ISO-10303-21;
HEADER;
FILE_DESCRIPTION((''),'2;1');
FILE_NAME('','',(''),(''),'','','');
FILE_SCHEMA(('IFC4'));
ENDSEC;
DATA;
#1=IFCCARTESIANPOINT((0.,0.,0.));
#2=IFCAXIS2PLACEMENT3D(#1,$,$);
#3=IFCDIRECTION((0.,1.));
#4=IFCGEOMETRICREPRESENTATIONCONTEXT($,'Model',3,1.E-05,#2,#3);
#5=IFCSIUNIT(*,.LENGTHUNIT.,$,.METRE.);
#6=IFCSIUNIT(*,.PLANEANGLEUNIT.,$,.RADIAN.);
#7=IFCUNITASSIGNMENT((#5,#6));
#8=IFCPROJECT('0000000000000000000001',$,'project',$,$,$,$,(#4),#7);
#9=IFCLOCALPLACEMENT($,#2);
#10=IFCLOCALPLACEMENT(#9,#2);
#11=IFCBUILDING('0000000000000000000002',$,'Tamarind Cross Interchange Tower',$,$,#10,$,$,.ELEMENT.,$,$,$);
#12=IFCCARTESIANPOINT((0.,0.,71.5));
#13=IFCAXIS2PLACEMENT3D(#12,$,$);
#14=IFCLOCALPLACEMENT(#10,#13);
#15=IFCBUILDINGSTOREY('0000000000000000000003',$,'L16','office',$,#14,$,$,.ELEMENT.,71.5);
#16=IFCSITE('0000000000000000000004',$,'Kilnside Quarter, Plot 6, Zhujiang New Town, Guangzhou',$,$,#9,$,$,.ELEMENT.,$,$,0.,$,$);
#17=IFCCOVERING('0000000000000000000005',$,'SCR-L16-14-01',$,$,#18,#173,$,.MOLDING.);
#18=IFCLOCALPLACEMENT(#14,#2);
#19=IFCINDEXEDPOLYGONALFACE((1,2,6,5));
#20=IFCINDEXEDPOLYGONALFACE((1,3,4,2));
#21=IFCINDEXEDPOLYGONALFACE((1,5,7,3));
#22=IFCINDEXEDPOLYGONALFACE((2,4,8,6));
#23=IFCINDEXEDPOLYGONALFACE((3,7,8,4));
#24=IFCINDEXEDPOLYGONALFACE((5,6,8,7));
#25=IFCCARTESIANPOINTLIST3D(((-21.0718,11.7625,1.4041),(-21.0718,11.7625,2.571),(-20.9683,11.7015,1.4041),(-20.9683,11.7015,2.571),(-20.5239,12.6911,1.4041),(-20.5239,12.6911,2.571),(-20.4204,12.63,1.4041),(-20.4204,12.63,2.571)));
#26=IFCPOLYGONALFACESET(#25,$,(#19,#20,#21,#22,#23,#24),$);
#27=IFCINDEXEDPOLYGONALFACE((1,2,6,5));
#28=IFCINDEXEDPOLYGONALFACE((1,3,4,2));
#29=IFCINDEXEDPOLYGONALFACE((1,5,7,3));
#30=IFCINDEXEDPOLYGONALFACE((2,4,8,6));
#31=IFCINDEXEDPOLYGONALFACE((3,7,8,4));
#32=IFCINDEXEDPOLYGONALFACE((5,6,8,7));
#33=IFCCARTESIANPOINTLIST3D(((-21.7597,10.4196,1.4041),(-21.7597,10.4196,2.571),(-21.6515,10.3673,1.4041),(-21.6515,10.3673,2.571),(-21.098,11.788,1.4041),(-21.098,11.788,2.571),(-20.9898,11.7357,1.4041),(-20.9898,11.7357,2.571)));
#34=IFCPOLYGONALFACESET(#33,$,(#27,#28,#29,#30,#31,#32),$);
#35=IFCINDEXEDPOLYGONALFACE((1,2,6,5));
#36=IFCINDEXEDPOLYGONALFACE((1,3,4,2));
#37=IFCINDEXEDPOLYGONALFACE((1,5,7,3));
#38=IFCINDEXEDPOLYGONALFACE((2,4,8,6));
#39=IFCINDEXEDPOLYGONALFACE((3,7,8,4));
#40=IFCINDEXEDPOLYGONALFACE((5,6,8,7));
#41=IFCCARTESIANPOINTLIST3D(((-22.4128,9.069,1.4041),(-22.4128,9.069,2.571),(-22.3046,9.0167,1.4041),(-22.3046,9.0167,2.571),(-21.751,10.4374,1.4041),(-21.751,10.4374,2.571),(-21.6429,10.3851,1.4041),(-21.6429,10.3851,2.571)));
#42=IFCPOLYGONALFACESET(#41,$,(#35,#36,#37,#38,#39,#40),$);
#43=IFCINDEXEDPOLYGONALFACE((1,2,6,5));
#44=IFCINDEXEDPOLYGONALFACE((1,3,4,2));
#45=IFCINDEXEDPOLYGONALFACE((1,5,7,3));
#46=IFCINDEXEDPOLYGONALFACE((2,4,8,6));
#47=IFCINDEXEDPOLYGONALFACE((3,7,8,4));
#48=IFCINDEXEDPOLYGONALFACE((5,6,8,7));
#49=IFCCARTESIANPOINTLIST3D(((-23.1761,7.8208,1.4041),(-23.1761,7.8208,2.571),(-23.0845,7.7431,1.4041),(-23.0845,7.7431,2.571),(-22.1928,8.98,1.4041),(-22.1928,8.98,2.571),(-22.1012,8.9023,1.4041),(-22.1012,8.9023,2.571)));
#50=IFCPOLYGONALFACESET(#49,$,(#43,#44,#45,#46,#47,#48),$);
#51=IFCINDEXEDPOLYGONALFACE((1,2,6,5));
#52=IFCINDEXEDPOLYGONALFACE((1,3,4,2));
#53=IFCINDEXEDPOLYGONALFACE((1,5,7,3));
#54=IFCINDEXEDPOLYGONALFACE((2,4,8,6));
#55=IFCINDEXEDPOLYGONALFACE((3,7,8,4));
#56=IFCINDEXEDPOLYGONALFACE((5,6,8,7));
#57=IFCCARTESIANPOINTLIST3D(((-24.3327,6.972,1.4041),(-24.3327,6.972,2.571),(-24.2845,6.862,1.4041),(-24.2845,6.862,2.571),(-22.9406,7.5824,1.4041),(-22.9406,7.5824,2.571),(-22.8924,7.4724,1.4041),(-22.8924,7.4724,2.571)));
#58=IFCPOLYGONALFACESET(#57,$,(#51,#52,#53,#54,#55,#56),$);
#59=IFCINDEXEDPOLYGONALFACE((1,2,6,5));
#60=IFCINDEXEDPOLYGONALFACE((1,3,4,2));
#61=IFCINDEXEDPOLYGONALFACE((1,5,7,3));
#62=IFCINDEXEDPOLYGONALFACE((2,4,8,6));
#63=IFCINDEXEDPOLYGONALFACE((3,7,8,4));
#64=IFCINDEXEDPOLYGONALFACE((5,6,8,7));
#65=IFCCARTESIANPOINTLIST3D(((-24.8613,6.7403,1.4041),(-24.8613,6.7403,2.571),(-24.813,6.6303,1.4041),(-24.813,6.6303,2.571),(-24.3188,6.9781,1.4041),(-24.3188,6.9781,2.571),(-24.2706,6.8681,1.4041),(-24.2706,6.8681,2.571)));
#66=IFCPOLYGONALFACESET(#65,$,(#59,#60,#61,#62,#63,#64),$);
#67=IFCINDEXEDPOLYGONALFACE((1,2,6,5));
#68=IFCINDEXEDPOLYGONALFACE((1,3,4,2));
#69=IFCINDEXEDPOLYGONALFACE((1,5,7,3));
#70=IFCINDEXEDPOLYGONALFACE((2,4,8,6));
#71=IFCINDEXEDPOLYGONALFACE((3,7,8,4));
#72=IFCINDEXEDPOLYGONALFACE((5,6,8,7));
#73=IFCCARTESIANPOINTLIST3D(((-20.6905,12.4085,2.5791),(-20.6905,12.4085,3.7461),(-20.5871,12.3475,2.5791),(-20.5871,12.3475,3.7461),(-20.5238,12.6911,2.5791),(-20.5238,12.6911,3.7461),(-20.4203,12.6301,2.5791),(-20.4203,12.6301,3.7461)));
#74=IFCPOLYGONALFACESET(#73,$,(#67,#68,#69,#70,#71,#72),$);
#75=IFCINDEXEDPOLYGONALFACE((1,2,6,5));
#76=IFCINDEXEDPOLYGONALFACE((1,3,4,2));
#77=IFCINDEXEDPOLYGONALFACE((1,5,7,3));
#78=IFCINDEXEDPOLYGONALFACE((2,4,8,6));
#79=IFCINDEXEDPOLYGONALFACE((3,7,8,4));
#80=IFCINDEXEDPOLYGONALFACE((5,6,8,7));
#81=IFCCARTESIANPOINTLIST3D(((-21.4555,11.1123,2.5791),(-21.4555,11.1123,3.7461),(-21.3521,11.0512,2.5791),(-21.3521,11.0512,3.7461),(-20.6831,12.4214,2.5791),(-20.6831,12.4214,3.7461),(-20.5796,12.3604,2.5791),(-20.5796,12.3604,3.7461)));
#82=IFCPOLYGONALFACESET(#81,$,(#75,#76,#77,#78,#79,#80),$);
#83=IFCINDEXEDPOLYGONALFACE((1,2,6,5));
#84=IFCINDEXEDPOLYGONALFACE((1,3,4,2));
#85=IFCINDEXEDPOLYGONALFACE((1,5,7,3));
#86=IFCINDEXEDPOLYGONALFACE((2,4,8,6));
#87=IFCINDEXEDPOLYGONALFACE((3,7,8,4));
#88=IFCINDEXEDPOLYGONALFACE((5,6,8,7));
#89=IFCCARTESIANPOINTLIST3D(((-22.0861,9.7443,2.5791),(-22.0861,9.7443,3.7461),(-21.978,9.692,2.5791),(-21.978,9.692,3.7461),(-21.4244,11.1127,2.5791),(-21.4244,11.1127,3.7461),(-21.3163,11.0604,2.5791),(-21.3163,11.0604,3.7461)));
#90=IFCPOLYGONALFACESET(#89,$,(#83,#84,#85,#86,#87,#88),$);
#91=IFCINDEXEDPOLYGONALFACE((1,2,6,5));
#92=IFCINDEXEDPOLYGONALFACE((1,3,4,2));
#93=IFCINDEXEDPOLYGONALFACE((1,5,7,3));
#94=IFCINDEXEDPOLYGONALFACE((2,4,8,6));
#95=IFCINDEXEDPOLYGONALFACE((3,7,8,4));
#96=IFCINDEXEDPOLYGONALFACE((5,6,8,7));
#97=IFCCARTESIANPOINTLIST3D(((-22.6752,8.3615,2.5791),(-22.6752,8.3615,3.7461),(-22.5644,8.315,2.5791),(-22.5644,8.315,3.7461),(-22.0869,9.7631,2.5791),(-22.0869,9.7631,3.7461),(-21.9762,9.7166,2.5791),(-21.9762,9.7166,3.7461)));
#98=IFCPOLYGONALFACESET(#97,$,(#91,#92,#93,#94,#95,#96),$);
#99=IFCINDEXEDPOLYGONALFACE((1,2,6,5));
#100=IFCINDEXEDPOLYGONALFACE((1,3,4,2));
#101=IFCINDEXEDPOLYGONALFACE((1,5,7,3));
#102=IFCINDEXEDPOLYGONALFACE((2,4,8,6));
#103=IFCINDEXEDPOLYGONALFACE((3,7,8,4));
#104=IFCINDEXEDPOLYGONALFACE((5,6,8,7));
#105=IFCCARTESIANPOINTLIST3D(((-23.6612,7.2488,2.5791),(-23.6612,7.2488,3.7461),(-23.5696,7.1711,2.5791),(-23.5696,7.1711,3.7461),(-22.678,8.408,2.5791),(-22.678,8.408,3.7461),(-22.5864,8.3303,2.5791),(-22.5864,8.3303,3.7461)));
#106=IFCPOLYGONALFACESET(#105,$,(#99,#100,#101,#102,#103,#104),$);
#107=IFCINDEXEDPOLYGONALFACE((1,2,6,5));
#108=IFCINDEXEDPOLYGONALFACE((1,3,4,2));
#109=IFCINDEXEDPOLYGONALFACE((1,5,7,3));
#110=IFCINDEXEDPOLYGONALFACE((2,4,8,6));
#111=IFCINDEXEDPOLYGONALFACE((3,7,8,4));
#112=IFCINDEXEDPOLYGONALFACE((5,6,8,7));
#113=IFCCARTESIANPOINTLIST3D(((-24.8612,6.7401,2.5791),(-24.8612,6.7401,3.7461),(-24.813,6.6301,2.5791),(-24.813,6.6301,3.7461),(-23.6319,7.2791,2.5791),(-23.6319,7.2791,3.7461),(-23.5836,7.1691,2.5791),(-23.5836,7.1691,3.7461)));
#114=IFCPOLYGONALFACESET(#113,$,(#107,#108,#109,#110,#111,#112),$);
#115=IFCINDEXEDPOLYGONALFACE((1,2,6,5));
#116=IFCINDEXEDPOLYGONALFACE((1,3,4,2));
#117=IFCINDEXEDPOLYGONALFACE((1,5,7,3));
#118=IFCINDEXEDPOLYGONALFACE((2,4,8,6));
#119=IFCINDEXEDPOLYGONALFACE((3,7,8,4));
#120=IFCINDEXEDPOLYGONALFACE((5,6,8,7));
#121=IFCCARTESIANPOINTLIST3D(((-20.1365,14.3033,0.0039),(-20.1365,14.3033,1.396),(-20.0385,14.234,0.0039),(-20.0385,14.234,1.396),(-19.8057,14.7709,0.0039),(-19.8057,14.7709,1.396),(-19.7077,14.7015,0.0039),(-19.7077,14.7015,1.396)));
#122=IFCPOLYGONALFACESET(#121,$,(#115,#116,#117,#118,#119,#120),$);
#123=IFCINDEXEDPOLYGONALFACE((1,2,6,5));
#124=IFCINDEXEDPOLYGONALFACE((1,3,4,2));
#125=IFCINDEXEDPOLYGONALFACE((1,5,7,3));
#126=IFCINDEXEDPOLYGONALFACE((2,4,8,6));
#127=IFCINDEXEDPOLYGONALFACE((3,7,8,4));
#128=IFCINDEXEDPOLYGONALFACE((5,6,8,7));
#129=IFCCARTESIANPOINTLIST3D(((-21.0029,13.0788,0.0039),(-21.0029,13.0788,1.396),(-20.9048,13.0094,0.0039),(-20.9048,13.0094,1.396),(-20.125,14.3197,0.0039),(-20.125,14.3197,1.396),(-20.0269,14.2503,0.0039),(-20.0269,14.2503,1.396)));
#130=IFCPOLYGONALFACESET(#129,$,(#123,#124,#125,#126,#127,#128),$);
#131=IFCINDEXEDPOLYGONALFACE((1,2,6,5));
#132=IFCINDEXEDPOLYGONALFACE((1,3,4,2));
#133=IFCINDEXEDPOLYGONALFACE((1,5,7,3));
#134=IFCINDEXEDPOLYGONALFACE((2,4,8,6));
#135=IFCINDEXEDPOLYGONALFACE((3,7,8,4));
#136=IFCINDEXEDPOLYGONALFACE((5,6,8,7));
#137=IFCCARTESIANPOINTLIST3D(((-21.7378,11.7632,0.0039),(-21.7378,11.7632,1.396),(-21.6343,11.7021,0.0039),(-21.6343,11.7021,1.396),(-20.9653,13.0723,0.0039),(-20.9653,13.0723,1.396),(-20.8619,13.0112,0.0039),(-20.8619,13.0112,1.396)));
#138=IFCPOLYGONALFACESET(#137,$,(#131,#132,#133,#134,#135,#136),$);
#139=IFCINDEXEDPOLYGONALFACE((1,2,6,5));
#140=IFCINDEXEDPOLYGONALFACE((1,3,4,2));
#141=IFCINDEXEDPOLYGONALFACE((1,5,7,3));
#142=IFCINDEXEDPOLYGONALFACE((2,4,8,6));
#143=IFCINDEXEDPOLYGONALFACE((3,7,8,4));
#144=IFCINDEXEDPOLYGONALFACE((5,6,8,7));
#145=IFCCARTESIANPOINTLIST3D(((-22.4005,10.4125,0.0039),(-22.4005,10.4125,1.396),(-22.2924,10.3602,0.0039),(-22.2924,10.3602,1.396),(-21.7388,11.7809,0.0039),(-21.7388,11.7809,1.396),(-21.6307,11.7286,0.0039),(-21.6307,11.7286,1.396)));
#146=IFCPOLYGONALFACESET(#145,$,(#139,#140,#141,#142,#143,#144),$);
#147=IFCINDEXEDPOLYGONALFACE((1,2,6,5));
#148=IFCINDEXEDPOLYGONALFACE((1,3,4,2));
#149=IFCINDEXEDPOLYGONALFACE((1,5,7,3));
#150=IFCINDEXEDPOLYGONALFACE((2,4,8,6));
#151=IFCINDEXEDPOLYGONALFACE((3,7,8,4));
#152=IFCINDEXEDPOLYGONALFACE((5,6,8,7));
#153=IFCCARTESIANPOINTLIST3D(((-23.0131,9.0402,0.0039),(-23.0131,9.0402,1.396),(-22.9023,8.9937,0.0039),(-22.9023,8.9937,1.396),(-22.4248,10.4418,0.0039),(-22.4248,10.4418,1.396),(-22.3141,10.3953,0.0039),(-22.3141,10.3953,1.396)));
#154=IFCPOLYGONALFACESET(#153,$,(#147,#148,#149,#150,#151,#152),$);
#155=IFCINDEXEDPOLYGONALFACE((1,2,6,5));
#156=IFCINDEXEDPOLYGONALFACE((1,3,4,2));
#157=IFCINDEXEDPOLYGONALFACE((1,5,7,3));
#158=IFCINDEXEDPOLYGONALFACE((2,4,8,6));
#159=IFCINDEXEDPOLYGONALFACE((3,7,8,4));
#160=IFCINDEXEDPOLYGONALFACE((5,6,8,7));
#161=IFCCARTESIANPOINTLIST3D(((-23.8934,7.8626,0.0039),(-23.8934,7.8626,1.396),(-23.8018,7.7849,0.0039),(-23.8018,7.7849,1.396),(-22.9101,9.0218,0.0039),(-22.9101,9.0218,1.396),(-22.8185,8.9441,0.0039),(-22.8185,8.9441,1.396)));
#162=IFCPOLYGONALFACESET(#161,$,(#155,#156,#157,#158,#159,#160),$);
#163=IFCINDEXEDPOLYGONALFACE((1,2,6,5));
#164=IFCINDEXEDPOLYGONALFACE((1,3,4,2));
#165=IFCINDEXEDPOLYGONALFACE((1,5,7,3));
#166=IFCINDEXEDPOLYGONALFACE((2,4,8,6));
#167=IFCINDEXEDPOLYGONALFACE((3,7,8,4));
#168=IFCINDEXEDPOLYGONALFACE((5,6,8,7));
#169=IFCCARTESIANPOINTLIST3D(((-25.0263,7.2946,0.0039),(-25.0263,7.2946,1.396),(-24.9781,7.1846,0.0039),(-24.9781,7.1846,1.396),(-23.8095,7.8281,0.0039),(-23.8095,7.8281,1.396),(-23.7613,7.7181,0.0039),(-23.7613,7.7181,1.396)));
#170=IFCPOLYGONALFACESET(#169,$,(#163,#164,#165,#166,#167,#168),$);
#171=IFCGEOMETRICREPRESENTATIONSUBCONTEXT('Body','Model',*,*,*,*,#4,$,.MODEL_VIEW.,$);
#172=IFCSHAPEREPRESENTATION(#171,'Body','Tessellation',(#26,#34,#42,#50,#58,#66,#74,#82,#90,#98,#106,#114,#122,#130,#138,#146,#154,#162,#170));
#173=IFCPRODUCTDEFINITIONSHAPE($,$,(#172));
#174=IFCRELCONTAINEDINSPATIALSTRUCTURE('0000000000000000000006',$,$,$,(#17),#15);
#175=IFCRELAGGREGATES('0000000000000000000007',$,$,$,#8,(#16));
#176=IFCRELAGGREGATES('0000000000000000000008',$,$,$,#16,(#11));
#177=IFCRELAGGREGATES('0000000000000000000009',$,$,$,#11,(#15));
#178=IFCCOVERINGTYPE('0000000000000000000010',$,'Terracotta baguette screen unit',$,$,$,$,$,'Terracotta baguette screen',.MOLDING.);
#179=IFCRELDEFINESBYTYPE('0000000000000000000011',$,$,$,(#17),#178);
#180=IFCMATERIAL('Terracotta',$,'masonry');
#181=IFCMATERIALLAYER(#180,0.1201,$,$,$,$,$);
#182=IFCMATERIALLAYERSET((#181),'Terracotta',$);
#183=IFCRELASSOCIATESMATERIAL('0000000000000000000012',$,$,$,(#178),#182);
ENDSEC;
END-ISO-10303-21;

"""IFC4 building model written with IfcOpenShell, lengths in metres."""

from ifc_helpers import new_model, si_unit, direction, frame, origin, origin_2d, place, context, subcontext, project, spatial, rectangle, extrude, material, layer, layer_set, type_object, element, save


model = new_model("IFC4")

# Units and contexts
model_context = context("Model", 3, precision=1e-05, world=origin(), true_north=direction((0.0, 1.0)))
body_context = subcontext(model_context, "Body", "Model", "MODEL_VIEW")
ifc_project = project(units=[si_unit("LENGTHUNIT", "METRE"), si_unit("PLANEANGLEUNIT", "RADIAN")], contexts=[model_context])

# Site, building, storey
site_placement = place(None, origin())
site = spatial("IfcSite", under=ifc_project, at=site_placement, Name="Kilnside Quarter, Plot 6, Zhujiang New Town, Guangzhou", CompositionType="ELEMENT", RefElevation=0.0)
building_placement = place(site_placement, origin())
building = spatial("IfcBuilding", under=site, at=building_placement, Name="Tamarind Cross Interchange Tower", CompositionType="ELEMENT")
storey_placement = place(building_placement, frame((0.0, 0.0, 71.5)))
storey = spatial("IfcBuildingStorey", under=building, at=storey_placement, Name="L16", Description="office", CompositionType="ELEMENT", Elevation=71.5)

# Covering
ifc_material_1 = material(Name="Terracotta", Category="masonry")
ifc_layer_1 = layer(ifc_material_1, 0.1201)
ifc_layer_set_1 = layer_set([ifc_layer_1], Name="Terracotta")
covering_type = type_object("IfcCoveringType", Name="Terracotta baguette screen unit", ElementType="Terracotta baguette screen", PredefinedType="MOLDING", material=ifc_layer_set_1)
covering_1_placement = place(storey_placement, origin())
element("IfcCovering", 1, at=covering_1_placement, inside=storey, type_object=covering_type, Name="SCR-L16-14-01", PredefinedType="MOLDING", context=body_context, shape_type="SweptSolid", body=[
    extrude(rectangle(XDim=1.0781, YDim=0.1201, at=origin_2d()), frame((-20.7461, 12.1963, 1.4041), z_axis=(0.0, 0.0, 1.0), x_axis=(-0.508183, -0.861249, 0.0)), (0.0, 0.0, 1.0), 1.167),
    extrude(rectangle(XDim=1.52, YDim=0.1201, at=origin_2d()), frame((-21.3748, 11.0776, 1.4041), z_axis=(0.0, 0.0, 1.0), x_axis=(-0.435326, -0.900273, 0.0)), (0.0, 0.0, 1.0), 1.167),
    extrude(rectangle(XDim=1.52, YDim=0.1201, at=origin_2d()), frame((-22.0278, 9.7271, 1.4041), z_axis=(0.0, 0.0, 1.0), x_axis=(-0.435326, -0.900273, 0.0)), (0.0, 0.0, 1.0), 1.167),
    extrude(rectangle(XDim=1.52, YDim=0.1201, at=origin_2d()), frame((-22.6387, 8.3616, 1.4041), z_axis=(0.0, 0.0, 1.0), x_axis=(-0.646871, -0.7626, 0.0)), (0.0, 0.0, 1.0), 1.167),
    extrude(rectangle(XDim=1.52, YDim=0.1201, at=origin_2d()), frame((-23.6125, 7.2222, 1.4041), z_axis=(0.0, 0.0, 1.0), x_axis=(-0.915834, -0.401557, 0.0)), (0.0, 0.0, 1.0), 1.167),
    extrude(rectangle(XDim=0.5923, YDim=0.1201, at=origin_2d()), frame((-24.5659, 6.8042, 1.4041), z_axis=(0.0, 0.0, 1.0), x_axis=(-0.915834, -0.401557, 0.0)), (0.0, 0.0, 1.0), 1.167),
    extrude(rectangle(XDim=0.3281, YDim=0.1201, at=origin_2d()), frame((-20.5554, 12.5193, 2.5791), z_axis=(0.0, 0.0, 1.0), x_axis=(-0.508183, -0.861249, 0.0)), (0.0, 0.0, 1.0), 1.167),
    extrude(rectangle(XDim=1.52, YDim=0.1201, at=origin_2d()), frame((-21.0176, 11.7363, 2.5791), z_axis=(0.0, 0.0, 1.0), x_axis=(-0.508183, -0.861249, 0.0)), (0.0, 0.0, 1.0), 1.167),
    extrude(rectangle(XDim=1.52, YDim=0.1201, at=origin_2d()), frame((-21.7012, 10.4023, 2.5791), z_axis=(0.0, 0.0, 1.0), x_axis=(-0.435326, -0.900273, 0.0)), (0.0, 0.0, 1.0), 1.167),
    extrude(rectangle(XDim=1.52, YDim=0.1201, at=origin_2d()), frame((-22.3257, 9.0391, 2.5791), z_axis=(0.0, 0.0, 1.0), x_axis=(-0.386991, -0.922084, 0.0)), (0.0, 0.0, 1.0), 1.167),
    extrude(rectangle(XDim=1.52, YDim=0.1201, at=origin_2d()), frame((-23.1238, 7.7896, 2.5791), z_axis=(0.0, 0.0, 1.0), x_axis=(-0.646871, -0.7626, 0.0)), (0.0, 0.0, 1.0), 1.167),
    extrude(rectangle(XDim=1.3423, YDim=0.1201, at=origin_2d()), frame((-24.2224, 6.9546, 2.5791), z_axis=(0.0, 0.0, 1.0), x_axis=(-0.915834, -0.401557, 0.0)), (0.0, 0.0, 1.0), 1.167),
    extrude(rectangle(XDim=0.5728, YDim=0.1201, at=origin_2d()), frame((-19.9221, 14.5024, 0.0039), z_axis=(0.0, 0.0, 1.0), x_axis=(-0.577569, -0.816342, 0.0)), (0.0, 0.0, 1.0), 1.3921),
    extrude(rectangle(XDim=1.52, YDim=0.1201, at=origin_2d()), frame((-20.5149, 13.6646, 0.0039), z_axis=(0.0, 0.0, 1.0), x_axis=(-0.577569, -0.816342, 0.0)), (0.0, 0.0, 1.0), 1.3921),
    extrude(rectangle(XDim=1.52, YDim=0.1201, at=origin_2d()), frame((-21.2998, 12.3872, 0.0039), z_axis=(0.0, 0.0, 1.0), x_axis=(-0.508183, -0.861249, 0.0)), (0.0, 0.0, 1.0), 1.3921),
    extrude(rectangle(XDim=1.52, YDim=0.1201, at=origin_2d()), frame((-22.0156, 11.0706, 0.0039), z_axis=(0.0, 0.0, 1.0), x_axis=(-0.435326, -0.900273, 0.0)), (0.0, 0.0, 1.0), 1.3921),
    extrude(rectangle(XDim=1.52, YDim=0.1201, at=origin_2d()), frame((-22.6636, 9.7178, 0.0039), z_axis=(0.0, 0.0, 1.0), x_axis=(-0.386991, -0.922084, 0.0)), (0.0, 0.0, 1.0), 1.3921),
    extrude(rectangle(XDim=1.52, YDim=0.1201, at=origin_2d()), frame((-23.356, 8.4033, 0.0039), z_axis=(0.0, 0.0, 1.0), x_axis=(-0.646871, -0.7626, 0.0)), (0.0, 0.0, 1.0), 1.3921),
    extrude(rectangle(XDim=1.3286, YDim=0.1201, at=origin_2d()), frame((-24.3938, 7.5063, 0.0039), z_axis=(0.0, 0.0, 1.0), x_axis=(-0.915834, -0.401557, 0.0)), (0.0, 0.0, 1.0), 1.3921),
])

save(model, "model.ifc")
